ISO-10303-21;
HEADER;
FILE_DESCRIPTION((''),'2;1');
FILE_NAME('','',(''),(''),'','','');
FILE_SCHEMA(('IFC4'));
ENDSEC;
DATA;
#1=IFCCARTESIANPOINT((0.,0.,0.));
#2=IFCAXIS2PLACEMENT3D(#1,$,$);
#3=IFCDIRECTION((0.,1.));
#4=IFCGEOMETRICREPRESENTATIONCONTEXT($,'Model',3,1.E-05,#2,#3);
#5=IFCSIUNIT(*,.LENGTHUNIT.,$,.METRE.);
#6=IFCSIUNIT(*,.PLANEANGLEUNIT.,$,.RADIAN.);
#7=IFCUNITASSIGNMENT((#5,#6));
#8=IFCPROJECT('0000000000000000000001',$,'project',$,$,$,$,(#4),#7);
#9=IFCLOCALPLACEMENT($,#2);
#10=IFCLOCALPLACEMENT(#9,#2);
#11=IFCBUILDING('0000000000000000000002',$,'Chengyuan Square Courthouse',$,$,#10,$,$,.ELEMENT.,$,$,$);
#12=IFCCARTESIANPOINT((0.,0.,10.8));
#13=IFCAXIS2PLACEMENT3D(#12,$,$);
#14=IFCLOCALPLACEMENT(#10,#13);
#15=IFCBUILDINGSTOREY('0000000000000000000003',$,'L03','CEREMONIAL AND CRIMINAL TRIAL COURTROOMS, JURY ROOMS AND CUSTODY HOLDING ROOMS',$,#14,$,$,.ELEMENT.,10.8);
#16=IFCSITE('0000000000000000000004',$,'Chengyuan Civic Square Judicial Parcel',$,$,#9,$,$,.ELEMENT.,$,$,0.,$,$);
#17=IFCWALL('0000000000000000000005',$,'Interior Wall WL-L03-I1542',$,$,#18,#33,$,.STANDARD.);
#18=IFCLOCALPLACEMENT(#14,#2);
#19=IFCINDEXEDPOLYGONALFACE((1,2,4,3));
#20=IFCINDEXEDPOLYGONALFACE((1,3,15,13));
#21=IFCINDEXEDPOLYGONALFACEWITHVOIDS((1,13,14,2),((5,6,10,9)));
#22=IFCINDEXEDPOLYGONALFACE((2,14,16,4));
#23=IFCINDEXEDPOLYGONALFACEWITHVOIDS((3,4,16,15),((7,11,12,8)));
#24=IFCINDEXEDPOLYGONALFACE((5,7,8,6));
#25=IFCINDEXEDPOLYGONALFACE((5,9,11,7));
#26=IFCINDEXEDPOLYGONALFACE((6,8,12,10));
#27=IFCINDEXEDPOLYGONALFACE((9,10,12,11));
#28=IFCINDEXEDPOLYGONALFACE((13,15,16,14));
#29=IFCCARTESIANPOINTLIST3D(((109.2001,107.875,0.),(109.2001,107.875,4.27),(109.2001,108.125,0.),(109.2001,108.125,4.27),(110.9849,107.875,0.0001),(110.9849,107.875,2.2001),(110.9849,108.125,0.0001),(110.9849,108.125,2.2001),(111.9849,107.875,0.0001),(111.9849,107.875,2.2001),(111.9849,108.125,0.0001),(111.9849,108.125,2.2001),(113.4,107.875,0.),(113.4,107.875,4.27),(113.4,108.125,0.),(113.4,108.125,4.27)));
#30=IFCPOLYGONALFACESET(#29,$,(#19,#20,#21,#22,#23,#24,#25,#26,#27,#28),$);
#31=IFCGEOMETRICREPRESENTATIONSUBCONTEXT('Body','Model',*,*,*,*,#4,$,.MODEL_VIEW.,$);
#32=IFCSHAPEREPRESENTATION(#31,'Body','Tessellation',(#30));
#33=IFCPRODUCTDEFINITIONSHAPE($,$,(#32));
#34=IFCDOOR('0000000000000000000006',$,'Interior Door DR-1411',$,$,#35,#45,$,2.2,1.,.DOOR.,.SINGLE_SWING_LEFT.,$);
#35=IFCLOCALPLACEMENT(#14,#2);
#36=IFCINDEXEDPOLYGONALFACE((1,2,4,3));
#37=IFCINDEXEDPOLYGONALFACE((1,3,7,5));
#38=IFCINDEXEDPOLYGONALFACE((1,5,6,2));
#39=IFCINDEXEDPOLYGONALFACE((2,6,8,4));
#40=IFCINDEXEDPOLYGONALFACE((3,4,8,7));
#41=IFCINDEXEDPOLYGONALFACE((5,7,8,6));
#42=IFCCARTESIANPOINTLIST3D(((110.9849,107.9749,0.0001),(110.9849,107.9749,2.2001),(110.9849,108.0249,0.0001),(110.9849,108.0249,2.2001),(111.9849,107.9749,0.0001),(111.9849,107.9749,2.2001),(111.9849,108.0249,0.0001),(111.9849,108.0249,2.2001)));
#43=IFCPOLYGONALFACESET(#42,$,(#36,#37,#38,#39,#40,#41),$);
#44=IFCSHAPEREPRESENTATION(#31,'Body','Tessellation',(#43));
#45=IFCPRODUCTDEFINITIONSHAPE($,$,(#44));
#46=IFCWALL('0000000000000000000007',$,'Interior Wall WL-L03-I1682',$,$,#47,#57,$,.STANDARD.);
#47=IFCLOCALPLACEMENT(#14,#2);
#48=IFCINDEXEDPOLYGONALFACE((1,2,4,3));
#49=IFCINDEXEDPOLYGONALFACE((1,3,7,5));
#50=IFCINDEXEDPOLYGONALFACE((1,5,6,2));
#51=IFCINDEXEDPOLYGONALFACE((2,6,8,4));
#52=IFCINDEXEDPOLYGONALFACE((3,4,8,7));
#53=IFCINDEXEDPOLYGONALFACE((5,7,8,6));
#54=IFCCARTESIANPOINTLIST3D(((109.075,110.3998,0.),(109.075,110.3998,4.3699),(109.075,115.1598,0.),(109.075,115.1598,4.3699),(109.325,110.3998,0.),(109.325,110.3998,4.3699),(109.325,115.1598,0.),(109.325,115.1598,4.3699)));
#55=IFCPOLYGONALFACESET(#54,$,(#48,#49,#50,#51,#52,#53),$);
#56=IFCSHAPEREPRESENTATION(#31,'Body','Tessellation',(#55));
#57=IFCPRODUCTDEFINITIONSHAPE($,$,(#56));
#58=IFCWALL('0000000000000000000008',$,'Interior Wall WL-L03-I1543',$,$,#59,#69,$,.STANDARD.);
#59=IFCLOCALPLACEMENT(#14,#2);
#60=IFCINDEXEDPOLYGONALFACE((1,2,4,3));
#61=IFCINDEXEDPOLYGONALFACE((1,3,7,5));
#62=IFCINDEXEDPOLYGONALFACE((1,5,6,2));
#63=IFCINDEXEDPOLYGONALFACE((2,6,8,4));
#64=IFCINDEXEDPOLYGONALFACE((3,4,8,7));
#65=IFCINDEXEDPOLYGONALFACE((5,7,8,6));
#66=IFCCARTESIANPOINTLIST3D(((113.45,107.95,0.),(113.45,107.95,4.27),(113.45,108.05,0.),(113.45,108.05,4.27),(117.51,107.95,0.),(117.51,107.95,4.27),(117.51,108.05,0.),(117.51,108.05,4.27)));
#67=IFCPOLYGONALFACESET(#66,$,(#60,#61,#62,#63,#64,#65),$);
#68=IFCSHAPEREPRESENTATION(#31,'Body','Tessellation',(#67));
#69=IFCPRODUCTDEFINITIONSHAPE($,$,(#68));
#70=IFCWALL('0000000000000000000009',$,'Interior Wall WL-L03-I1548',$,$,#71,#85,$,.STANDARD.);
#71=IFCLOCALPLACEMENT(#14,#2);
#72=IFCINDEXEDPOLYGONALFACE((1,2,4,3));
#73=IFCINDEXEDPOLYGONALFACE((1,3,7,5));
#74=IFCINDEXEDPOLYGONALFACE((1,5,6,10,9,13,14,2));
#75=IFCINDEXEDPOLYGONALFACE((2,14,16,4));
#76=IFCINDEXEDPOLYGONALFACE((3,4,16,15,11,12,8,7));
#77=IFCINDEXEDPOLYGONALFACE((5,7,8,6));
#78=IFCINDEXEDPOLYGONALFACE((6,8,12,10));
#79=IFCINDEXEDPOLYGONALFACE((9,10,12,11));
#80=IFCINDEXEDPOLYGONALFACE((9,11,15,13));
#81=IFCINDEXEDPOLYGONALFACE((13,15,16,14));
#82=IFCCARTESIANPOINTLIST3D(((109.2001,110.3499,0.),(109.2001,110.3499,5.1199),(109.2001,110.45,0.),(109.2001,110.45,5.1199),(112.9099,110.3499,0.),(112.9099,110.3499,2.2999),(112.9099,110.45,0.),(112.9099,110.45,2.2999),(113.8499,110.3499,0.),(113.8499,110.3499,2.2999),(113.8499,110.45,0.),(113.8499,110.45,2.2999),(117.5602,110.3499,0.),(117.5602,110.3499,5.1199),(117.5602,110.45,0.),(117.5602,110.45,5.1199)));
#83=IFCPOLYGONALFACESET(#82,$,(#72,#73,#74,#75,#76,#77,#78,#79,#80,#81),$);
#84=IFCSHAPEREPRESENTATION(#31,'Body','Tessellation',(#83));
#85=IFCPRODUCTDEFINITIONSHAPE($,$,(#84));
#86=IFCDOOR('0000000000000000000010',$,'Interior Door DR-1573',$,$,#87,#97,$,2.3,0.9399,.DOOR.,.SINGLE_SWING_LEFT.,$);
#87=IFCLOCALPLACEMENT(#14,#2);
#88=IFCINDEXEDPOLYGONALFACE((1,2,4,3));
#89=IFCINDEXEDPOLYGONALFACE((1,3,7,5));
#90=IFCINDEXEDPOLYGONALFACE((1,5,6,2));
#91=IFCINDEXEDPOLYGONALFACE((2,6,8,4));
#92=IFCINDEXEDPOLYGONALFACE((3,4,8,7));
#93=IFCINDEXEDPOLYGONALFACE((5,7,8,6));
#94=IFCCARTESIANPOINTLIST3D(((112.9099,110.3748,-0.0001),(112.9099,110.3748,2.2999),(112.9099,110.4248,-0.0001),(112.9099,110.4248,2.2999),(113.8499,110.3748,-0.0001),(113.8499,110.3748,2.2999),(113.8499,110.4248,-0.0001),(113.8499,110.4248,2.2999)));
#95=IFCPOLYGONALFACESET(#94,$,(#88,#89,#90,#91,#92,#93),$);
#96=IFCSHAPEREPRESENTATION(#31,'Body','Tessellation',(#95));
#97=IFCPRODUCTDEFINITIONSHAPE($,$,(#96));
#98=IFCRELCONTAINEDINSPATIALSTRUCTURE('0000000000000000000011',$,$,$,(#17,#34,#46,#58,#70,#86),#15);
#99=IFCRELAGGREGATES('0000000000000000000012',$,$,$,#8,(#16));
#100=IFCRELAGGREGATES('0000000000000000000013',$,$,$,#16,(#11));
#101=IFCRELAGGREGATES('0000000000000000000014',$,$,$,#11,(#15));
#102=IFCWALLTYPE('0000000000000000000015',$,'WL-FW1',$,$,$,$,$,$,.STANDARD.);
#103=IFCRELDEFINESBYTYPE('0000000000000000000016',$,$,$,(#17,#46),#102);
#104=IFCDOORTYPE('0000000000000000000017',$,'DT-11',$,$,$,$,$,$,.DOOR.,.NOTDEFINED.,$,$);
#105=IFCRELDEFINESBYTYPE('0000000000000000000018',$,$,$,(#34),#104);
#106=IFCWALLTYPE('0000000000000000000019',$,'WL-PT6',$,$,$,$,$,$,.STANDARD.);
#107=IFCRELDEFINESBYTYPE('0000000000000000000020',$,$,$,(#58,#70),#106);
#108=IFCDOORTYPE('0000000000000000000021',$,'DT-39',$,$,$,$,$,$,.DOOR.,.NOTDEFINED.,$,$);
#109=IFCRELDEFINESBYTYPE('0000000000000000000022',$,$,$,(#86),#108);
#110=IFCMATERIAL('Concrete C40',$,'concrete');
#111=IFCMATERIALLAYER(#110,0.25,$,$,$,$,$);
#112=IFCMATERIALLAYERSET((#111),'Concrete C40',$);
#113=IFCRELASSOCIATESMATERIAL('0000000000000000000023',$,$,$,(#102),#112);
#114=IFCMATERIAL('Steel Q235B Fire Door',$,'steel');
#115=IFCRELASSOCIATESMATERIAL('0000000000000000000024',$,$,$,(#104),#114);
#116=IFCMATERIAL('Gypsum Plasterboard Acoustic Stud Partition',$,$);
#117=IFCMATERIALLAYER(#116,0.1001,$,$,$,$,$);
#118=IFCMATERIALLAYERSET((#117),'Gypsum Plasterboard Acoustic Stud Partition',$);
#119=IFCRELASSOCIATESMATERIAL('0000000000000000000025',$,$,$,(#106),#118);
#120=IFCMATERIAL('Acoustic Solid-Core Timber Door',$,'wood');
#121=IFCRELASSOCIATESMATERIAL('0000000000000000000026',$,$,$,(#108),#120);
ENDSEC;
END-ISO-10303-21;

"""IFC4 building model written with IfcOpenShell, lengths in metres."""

from ifc_helpers import new_model, si_unit, direction, frame, frame_2d, origin, place, context, subcontext, project, spatial, rectangle, extrude, material, layer, layer_set, type_object, element, fill, save


model = new_model("IFC4")

# Units and contexts
model_context = context("Model", 3, precision=1e-05, world=origin(), true_north=direction((0.0, 1.0)))
body_context = subcontext(model_context, "Body", "Model", "MODEL_VIEW")
ifc_project = project(units=[si_unit("LENGTHUNIT", "METRE"), si_unit("PLANEANGLEUNIT", "RADIAN")], contexts=[model_context])

# Site, building, storey
site_placement = place(None, origin())
site = spatial("IfcSite", under=ifc_project, at=site_placement, Name="Chengyuan Civic Square Judicial Parcel", CompositionType="ELEMENT", RefElevation=0.0)
building_placement = place(site_placement, origin())
building = spatial("IfcBuilding", under=site, at=building_placement, Name="Chengyuan Square Courthouse", CompositionType="ELEMENT")
storey_placement = place(building_placement, frame((0.0, 0.0, 10.8)))
storey = spatial("IfcBuildingStorey", under=building, at=storey_placement, Name="L03", Description="CEREMONIAL AND CRIMINAL TRIAL COURTROOMS, JURY ROOMS AND CUSTODY HOLDING ROOMS", CompositionType="ELEMENT", Elevation=10.8)

# Shared definitions
ifc_material_1 = material(Name="Concrete C40", Category="concrete")

# Wall, opening, door
ifc_layer_1 = layer(ifc_material_1, 0.25)
ifc_layer_set_1 = layer_set([ifc_layer_1], Name="Concrete C40")
wall_type_1 = type_object("IfcWallType", Name="WL-FW1", PredefinedType="STANDARD", material=ifc_layer_set_1)
wall_1_placement = place(storey_placement, frame((109.2, 108.0, 0.0), z_axis=(0.0, 0.0, 1.0), x_axis=(1.0, 0.0, 0.0)))
wall_1 = element("IfcWall", 1, at=wall_1_placement, inside=storey, type_object=wall_type_1, Name="Interior Wall WL-L03-I1542", PredefinedType="STANDARD", context=body_context, shape_type="SweptSolid", body=[
    extrude(rectangle(XDim=4.2, YDim=0.25, at=frame_2d((2.1001, 0.0))), origin(), (0.0, 0.0, 1.0), 4.27),
])
opening_1_placement = place(wall_1_placement, frame((1.7849, 0.0, 0.0)))
opening_1 = element("IfcOpeningElement", 2, at=opening_1_placement, cuts=wall_1, PredefinedType="OPENING", context=body_context, shape_type="SweptSolid", body=[
    extrude(rectangle(XDim=1.0, YDim=2.2, at=frame_2d((0.5, 1.1001))), frame((0.0, 0.137, 0.0), z_axis=(0.0, -1.0, 0.0), x_axis=(1.0, 0.0, 0.0)), (0.0, 0.0, 1.0), 0.2739),
])
ifc_material_2 = material(Name="Steel Q235B Fire Door", Category="steel")
door_type_1 = type_object("IfcDoorType", Name="DT-11", OperationType="NOTDEFINED", PredefinedType="DOOR", material=ifc_material_2)
door_1_placement = place(opening_1_placement, origin())
door_1 = element("IfcDoor", 3, at=door_1_placement, inside=storey, type_object=door_type_1, Name="Interior Door DR-1411", OperationType="SINGLE_SWING_LEFT", OverallHeight=2.2, OverallWidth=1.0, PredefinedType="DOOR", context=body_context, shape_type="SweptSolid", body=[
    extrude(rectangle(XDim=1.0, YDim=2.2, at=frame_2d((0.5, 1.1001))), frame((0.0, 0.0249, 0.0), z_axis=(0.0, -1.0, 0.0), x_axis=(1.0, 0.0, 0.0)), (0.0, 0.0, 1.0), 0.05),
])
fill(opening_1, door_1)

# Walls
wall_2_placement = place(storey_placement, frame((109.2, 110.3999, 0.0), z_axis=(0.0, 0.0, 1.0), x_axis=(0.0, 1.0, 0.0)))
element("IfcWall", 4, at=wall_2_placement, inside=storey, type_object=wall_type_1, Name="Interior Wall WL-L03-I1682", PredefinedType="STANDARD", context=body_context, shape_type="SweptSolid", body=[
    extrude(rectangle(XDim=4.76, YDim=0.25, at=frame_2d((2.3799, 0.0))), origin(), (0.0, 0.0, 1.0), 4.3699),
])
ifc_material_3 = material(Name="Gypsum Plasterboard Acoustic Stud Partition")
ifc_layer_2 = layer(ifc_material_3, 0.1001)
ifc_layer_set_2 = layer_set([ifc_layer_2], Name="Gypsum Plasterboard Acoustic Stud Partition")
wall_type_2 = type_object("IfcWallType", Name="WL-PT6", PredefinedType="STANDARD", material=ifc_layer_set_2)
wall_3_placement = place(storey_placement, frame((113.45, 108.0, 0.0), z_axis=(0.0, 0.0, 1.0), x_axis=(1.0, 0.0, 0.0)))
element("IfcWall", 5, at=wall_3_placement, inside=storey, type_object=wall_type_2, Name="Interior Wall WL-L03-I1543", PredefinedType="STANDARD", context=body_context, shape_type="SweptSolid", body=[
    extrude(rectangle(XDim=4.0601, YDim=0.1001, at=frame_2d((2.03, 0.0))), origin(), (0.0, 0.0, 1.0), 4.27),
])

# Wall, opening, door
wall_4_placement = place(storey_placement, frame((109.2, 110.3999, 0.0), z_axis=(0.0, 0.0, 1.0), x_axis=(1.0, 0.0, 0.0)))
wall_4 = element("IfcWall", 6, at=wall_4_placement, inside=storey, type_object=wall_type_2, Name="Interior Wall WL-L03-I1548", PredefinedType="STANDARD", context=body_context, shape_type="SweptSolid", body=[
    extrude(rectangle(XDim=8.3601, YDim=0.1001, at=frame_2d((4.1802, 0.0))), origin(), (0.0, 0.0, 1.0), 5.1199),
])
opening_2_placement = place(wall_4_placement, frame((3.71, 0.0, 0.0)))
opening_2 = element("IfcOpeningElement", 7, at=opening_2_placement, cuts=wall_4, PredefinedType="OPENING", context=body_context, shape_type="SweptSolid", body=[
    extrude(rectangle(XDim=0.9399, YDim=2.3, at=frame_2d((0.47, 1.1499))), frame((0.0, 0.062, 0.0), z_axis=(0.0, -1.0, 0.0), x_axis=(1.0, 0.0, 0.0)), (0.0, 0.0, 1.0), 0.124),
])
ifc_material_4 = material(Name="Acoustic Solid-Core Timber Door", Category="wood")
door_type_2 = type_object("IfcDoorType", Name="DT-39", OperationType="NOTDEFINED", PredefinedType="DOOR", material=ifc_material_4)
door_2_placement = place(opening_2_placement, origin())
door_2 = element("IfcDoor", 8, at=door_2_placement, inside=storey, type_object=door_type_2, Name="Interior Door DR-1573", OperationType="SINGLE_SWING_LEFT", OverallHeight=2.3, OverallWidth=0.9399, PredefinedType="DOOR", context=body_context, shape_type="SweptSolid", body=[
    extrude(rectangle(XDim=0.9399, YDim=2.3, at=frame_2d((0.47, 1.1499))), frame((0.0, 0.0249, 0.0), z_axis=(0.0, -1.0, 0.0), x_axis=(1.0, 0.0, 0.0)), (0.0, 0.0, 1.0), 0.05),
])
fill(opening_2, door_2)

save(model, "model.ifc")
